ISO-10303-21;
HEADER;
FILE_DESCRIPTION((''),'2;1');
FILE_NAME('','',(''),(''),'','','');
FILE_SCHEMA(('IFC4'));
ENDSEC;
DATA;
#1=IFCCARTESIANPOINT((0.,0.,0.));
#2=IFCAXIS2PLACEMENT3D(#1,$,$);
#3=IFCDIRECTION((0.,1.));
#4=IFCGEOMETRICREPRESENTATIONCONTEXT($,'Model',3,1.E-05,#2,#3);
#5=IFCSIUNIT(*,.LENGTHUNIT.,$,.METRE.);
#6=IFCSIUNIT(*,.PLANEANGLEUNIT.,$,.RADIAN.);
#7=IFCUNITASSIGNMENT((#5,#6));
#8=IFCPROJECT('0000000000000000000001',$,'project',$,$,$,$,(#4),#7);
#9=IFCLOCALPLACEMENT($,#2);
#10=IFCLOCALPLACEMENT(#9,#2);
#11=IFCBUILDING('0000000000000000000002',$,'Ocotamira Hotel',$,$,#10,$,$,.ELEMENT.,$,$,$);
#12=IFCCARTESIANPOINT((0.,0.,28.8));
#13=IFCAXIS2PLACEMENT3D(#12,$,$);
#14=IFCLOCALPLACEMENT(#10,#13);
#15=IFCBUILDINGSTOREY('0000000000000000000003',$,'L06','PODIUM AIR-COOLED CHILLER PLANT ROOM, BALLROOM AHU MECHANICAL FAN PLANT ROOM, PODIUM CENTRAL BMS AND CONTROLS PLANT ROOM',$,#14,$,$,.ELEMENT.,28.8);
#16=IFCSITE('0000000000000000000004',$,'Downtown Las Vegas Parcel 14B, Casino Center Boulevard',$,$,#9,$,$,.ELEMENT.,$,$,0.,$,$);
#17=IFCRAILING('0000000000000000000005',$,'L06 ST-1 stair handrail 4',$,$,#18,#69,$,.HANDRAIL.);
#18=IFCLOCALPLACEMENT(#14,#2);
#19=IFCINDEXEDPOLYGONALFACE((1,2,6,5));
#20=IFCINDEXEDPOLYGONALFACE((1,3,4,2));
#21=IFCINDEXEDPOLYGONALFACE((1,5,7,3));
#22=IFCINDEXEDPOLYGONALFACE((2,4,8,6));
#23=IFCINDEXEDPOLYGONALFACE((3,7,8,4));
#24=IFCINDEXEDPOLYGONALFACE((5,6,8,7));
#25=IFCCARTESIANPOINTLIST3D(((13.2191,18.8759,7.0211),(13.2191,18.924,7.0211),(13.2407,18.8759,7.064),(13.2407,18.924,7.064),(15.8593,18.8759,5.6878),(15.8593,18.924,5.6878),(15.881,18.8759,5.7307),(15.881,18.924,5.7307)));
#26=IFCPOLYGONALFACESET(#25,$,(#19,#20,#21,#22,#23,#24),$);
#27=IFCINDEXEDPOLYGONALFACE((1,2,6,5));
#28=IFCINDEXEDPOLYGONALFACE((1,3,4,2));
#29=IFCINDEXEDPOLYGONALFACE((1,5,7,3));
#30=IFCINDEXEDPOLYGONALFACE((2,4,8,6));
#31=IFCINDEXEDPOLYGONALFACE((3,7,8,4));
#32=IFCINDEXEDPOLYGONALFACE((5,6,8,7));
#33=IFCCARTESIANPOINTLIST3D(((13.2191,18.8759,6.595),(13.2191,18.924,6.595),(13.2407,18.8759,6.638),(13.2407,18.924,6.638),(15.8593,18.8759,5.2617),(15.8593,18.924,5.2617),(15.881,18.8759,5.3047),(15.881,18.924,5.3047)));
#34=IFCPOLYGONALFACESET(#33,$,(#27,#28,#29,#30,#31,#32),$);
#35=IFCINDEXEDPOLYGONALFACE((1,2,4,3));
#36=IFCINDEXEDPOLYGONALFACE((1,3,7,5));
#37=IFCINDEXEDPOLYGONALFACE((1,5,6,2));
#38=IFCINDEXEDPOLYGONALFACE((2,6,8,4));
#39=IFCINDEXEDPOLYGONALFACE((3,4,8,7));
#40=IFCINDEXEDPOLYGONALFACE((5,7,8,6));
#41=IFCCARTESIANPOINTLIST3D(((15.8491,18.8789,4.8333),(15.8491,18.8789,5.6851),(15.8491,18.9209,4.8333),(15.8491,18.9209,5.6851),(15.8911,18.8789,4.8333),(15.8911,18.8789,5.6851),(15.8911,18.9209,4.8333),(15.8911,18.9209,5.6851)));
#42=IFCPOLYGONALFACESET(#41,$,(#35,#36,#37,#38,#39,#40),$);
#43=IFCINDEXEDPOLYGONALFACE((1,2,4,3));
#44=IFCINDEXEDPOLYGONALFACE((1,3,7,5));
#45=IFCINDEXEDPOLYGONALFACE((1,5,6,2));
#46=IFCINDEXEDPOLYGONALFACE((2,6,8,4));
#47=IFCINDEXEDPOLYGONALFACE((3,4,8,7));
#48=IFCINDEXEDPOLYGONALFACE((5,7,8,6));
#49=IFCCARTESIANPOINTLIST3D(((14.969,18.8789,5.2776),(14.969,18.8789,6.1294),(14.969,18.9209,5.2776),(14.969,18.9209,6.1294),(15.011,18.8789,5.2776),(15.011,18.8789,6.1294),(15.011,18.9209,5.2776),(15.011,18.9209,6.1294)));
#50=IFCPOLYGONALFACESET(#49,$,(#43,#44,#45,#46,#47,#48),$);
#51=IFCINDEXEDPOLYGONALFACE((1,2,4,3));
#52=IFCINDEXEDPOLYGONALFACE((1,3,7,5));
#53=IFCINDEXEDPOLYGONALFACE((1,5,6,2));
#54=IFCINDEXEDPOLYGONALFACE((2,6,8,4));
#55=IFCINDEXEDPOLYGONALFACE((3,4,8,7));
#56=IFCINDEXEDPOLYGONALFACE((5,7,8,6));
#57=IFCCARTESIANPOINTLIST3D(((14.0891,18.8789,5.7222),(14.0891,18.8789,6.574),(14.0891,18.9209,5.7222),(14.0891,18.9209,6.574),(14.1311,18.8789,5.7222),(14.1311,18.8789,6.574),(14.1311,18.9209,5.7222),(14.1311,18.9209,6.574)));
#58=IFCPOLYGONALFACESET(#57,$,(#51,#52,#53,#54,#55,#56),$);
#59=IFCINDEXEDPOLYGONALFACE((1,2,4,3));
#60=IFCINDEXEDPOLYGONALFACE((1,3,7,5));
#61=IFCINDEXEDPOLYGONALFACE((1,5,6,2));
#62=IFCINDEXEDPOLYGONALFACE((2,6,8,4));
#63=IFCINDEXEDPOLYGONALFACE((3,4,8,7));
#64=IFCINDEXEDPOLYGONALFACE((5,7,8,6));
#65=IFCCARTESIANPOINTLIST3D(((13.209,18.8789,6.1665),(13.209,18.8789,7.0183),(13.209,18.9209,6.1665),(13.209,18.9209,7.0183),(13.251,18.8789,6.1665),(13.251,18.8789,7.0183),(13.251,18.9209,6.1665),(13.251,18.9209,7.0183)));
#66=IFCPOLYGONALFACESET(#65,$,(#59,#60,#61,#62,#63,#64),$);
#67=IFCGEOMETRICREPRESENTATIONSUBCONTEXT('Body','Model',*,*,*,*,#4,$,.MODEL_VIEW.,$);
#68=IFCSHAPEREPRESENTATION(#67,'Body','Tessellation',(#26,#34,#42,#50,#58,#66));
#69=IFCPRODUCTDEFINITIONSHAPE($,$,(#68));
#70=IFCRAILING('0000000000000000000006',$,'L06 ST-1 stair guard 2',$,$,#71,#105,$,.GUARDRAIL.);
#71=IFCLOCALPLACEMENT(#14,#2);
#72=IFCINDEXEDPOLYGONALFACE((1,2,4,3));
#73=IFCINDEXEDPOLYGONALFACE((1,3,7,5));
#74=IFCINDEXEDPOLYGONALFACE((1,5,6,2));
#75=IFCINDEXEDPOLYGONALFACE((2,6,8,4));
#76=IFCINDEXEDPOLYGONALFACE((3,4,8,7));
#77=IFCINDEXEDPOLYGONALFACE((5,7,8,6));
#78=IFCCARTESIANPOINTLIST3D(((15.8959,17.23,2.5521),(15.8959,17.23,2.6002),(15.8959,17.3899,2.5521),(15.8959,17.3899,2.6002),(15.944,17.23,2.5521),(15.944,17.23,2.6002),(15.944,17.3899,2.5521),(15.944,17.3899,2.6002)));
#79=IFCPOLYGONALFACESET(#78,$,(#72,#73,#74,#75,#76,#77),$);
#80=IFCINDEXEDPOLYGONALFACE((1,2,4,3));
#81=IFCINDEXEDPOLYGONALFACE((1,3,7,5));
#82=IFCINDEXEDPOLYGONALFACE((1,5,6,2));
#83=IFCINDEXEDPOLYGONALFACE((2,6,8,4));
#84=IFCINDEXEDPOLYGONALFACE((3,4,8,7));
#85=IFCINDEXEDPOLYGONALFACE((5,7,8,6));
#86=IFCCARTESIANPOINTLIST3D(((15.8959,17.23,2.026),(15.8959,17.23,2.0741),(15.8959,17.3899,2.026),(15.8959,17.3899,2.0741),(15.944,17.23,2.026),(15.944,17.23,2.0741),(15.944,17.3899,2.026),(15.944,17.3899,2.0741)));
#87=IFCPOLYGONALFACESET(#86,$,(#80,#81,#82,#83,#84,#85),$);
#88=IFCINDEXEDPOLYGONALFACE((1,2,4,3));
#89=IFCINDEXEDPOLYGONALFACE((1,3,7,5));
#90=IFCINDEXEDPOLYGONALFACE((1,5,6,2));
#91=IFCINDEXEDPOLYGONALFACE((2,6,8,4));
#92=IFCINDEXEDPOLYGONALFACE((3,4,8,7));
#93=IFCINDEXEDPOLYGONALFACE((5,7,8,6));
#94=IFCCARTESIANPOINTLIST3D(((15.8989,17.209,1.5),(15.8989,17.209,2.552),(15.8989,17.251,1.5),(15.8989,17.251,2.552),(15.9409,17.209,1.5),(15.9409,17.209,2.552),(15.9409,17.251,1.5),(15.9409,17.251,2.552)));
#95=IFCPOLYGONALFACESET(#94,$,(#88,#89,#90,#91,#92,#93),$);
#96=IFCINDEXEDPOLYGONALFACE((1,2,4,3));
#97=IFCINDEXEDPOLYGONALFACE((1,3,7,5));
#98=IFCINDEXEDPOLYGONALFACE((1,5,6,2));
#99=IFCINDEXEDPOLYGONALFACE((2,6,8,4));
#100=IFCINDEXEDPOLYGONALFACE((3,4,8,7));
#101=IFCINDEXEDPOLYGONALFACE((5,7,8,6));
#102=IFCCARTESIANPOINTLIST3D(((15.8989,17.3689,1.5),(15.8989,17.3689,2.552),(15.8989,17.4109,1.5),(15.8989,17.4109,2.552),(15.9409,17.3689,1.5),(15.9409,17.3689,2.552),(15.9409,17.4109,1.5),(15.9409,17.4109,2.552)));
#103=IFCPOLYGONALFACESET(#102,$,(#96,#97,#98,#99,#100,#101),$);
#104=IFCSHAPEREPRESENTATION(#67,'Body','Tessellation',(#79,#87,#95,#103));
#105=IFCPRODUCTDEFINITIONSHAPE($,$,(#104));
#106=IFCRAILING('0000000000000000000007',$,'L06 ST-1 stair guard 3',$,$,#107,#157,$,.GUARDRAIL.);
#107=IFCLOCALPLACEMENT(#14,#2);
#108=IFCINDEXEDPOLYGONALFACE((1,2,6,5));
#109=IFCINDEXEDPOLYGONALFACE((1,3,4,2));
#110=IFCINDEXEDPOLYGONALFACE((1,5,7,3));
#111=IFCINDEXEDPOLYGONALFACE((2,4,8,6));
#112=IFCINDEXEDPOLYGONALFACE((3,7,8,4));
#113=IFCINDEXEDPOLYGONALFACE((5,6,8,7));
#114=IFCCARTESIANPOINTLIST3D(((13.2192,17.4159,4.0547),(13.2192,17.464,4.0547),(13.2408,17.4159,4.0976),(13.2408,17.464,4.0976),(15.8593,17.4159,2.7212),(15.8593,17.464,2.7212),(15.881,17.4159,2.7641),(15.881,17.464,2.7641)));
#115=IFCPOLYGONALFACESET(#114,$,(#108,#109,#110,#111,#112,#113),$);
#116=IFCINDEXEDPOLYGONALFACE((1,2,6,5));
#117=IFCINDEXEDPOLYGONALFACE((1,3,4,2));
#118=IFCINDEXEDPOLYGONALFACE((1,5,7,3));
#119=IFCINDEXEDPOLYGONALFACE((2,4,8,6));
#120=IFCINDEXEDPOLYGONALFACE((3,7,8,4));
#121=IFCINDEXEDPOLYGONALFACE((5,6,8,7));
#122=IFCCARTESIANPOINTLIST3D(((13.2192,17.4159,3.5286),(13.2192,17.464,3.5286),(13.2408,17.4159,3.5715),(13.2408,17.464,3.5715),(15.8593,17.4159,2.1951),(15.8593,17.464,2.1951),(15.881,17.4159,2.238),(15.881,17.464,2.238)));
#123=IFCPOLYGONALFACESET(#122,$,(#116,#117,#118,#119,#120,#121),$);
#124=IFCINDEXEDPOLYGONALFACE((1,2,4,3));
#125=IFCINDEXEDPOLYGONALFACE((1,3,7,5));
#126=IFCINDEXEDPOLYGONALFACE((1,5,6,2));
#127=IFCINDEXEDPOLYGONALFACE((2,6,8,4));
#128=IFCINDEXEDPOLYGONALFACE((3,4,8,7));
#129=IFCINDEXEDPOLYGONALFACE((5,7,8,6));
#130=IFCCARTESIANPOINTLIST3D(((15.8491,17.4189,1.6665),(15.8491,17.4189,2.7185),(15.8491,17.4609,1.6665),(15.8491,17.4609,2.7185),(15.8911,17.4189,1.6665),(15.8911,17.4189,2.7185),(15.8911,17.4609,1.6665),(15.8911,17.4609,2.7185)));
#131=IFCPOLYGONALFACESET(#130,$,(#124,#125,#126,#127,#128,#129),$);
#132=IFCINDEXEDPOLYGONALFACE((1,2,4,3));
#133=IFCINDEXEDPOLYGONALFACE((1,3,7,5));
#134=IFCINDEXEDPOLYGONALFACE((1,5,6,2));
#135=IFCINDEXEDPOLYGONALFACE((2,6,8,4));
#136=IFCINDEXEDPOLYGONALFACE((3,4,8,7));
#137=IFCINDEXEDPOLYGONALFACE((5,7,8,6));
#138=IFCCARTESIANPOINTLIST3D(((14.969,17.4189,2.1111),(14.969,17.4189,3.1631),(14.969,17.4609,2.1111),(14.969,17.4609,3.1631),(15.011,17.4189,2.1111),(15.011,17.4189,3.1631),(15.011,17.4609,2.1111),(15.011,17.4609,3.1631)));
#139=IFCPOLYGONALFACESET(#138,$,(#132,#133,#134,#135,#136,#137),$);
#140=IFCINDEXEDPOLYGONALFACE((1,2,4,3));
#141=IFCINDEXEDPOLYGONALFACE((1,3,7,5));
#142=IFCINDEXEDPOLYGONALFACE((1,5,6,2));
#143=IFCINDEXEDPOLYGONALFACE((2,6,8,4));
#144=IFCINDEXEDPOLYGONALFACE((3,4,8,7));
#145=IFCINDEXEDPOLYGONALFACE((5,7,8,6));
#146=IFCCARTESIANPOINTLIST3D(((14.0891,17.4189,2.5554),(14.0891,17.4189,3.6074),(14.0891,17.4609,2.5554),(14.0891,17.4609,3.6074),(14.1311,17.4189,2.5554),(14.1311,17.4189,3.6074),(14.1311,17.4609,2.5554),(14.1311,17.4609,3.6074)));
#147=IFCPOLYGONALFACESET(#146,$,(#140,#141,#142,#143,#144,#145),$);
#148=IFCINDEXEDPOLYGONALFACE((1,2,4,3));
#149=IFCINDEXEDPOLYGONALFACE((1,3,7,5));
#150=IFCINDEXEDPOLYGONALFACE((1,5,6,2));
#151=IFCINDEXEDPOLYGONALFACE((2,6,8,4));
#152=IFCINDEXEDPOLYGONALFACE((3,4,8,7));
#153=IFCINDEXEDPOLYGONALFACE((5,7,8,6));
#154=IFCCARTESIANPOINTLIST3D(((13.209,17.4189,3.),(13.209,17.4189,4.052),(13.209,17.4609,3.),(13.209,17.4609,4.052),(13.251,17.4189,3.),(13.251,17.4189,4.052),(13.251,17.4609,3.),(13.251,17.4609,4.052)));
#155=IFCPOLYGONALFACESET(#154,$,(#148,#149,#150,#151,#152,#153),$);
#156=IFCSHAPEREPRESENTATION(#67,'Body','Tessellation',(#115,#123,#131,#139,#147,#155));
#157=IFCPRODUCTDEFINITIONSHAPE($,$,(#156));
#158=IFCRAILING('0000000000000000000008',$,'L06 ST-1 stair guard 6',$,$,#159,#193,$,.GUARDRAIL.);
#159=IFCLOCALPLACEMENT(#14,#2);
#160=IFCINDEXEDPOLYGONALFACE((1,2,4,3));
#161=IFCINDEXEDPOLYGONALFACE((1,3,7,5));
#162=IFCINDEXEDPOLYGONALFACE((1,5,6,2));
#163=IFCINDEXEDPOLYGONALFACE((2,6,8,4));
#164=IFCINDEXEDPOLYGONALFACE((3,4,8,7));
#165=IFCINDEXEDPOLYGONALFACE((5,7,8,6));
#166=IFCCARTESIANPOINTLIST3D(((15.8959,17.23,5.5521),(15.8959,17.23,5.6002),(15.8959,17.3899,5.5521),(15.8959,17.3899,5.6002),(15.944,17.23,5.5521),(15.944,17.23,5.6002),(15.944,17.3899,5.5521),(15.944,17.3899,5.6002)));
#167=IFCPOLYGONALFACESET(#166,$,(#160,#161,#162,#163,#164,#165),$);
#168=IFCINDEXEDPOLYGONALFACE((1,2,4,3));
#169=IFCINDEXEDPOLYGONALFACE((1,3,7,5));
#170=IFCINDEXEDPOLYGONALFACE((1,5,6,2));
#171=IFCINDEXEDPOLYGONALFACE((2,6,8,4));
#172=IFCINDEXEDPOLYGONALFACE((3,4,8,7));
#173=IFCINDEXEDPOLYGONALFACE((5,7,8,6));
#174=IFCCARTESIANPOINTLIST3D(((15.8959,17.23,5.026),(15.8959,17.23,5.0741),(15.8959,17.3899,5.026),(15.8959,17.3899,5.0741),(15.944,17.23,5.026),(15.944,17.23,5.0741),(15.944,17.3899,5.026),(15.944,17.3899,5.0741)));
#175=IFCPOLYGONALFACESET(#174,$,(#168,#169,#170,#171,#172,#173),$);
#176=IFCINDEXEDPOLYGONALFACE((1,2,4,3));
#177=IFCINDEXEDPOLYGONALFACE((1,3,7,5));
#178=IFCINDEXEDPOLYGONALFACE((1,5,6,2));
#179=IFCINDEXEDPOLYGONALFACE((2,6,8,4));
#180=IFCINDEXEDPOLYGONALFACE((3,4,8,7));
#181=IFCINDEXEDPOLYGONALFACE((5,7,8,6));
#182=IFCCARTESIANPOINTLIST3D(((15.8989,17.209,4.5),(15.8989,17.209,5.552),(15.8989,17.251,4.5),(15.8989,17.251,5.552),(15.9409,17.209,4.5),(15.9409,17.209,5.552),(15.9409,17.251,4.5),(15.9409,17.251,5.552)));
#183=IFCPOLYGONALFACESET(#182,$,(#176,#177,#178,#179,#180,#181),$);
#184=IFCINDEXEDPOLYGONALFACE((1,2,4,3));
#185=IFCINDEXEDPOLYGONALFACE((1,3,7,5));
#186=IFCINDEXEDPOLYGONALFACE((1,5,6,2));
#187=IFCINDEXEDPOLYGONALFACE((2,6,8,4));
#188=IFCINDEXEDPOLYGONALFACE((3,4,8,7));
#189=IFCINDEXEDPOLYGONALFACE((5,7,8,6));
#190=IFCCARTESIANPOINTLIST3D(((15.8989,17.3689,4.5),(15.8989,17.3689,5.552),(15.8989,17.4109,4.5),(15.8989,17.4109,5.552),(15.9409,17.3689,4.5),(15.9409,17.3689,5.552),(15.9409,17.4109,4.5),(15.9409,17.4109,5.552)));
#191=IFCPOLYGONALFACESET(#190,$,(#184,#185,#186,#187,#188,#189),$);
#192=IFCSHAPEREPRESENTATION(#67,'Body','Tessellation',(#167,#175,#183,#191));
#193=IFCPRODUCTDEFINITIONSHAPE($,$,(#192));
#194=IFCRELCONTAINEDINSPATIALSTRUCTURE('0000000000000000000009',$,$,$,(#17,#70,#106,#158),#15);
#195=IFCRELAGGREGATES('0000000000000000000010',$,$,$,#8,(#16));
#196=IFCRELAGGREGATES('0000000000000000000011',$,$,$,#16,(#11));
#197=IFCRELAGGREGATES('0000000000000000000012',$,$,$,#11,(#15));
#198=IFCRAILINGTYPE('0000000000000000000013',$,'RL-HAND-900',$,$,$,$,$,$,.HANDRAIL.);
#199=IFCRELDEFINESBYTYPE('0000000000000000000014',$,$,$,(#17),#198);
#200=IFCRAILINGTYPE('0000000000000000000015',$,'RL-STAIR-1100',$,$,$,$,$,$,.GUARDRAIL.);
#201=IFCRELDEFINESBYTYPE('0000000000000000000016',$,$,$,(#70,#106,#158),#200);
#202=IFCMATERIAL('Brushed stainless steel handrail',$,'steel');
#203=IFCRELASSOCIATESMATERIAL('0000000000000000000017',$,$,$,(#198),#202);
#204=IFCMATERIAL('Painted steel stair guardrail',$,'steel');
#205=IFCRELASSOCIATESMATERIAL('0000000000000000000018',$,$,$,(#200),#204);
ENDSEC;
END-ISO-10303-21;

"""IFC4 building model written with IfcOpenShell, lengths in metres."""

from ifc_helpers import new_model, si_unit, direction, frame, origin, origin_2d, place, context, subcontext, project, spatial, rectangle, extrude, material, type_object, element, save


model = new_model("IFC4")

# Units and contexts
model_context = context("Model", 3, precision=1e-05, world=origin(), true_north=direction((0.0, 1.0)))
body_context = subcontext(model_context, "Body", "Model", "MODEL_VIEW")
ifc_project = project(units=[si_unit("LENGTHUNIT", "METRE"), si_unit("PLANEANGLEUNIT", "RADIAN")], contexts=[model_context])

# Site, building, storey
site_placement = place(None, origin())
site = spatial("IfcSite", under=ifc_project, at=site_placement, Name="Downtown Las Vegas Parcel 14B, Casino Center Boulevard", CompositionType="ELEMENT", RefElevation=0.0)
building_placement = place(site_placement, origin())
building = spatial("IfcBuilding", under=site, at=building_placement, Name="Ocotamira Hotel", CompositionType="ELEMENT")
storey_placement = place(building_placement, frame((0.0, 0.0, 28.8)))
storey = spatial("IfcBuildingStorey", under=building, at=storey_placement, Name="L06", Description="PODIUM AIR-COOLED CHILLER PLANT ROOM, BALLROOM AHU MECHANICAL FAN PLANT ROOM, PODIUM CENTRAL BMS AND CONTROLS PLANT ROOM", CompositionType="ELEMENT", Elevation=28.8)

# Railings
ifc_material_1 = material(Name="Brushed stainless steel handrail", Category="steel")
railing_type_1 = type_object("IfcRailingType", Name="RL-HAND-900", PredefinedType="HANDRAIL", material=ifc_material_1)
for number, where, name in (
    (1, (15.8701, 18.8999, 4.8333), "L06 ST-1 stair handrail 4"),
):
    element("IfcRailing", number, at=place(storey_placement, frame(where)), inside=storey, type_object=railing_type_1, Name=name, PredefinedType="HANDRAIL", context=body_context, shape_type="SweptSolid", body=[
        extrude(rectangle(XDim=0.0481, YDim=0.0481, at=origin_2d()), frame((0.0, 0.0, 0.876), z_axis=(-0.892637, 0.0, 0.450776), x_axis=(0.0, -1.0, 0.0)), (0.0, 0.0, 1.0), 2.9578),
        extrude(rectangle(XDim=0.0481, YDim=0.0481, at=origin_2d()), frame((0.0, 0.0, 0.45), z_axis=(-0.892637, 0.0, 0.450776), x_axis=(0.0, -1.0, 0.0)), (0.0, 0.0, 1.0), 2.9578),
        extrude(rectangle(XDim=0.042, YDim=0.042, at=origin_2d()), origin(), (0.0, 0.0, 1.0), 0.8518),
        extrude(rectangle(XDim=0.042, YDim=0.042, at=origin_2d()), frame((-0.8801, 0.0, 0.4443)), (0.0, 0.0, 1.0), 0.8518),
        extrude(rectangle(XDim=0.042, YDim=0.042, at=origin_2d()), frame((-1.76, 0.0, 0.8889)), (0.0, 0.0, 1.0), 0.8518),
        extrude(rectangle(XDim=0.042, YDim=0.042, at=origin_2d()), frame((-2.6401, 0.0, 1.3333)), (0.0, 0.0, 1.0), 0.8518),
    ])
ifc_material_2 = material(Name="Painted steel stair guardrail", Category="steel")
railing_type_2 = type_object("IfcRailingType", Name="RL-STAIR-1100", PredefinedType="GUARDRAIL", material=ifc_material_2)
railing_1_placement = place(storey_placement, frame((15.9199, 17.23, 1.5)))
element("IfcRailing", 2, at=railing_1_placement, inside=storey, type_object=railing_type_2, Name="L06 ST-1 stair guard 2", PredefinedType="GUARDRAIL", context=body_context, shape_type="SweptSolid", body=[
    extrude(rectangle(XDim=0.0481, YDim=0.0481, at=origin_2d()), frame((0.0, 0.0, 1.0762), z_axis=(0.0, 1.0, 0.0), x_axis=(-1.0, 0.0, 0.0)), (0.0, 0.0, 1.0), 0.1599),
    extrude(rectangle(XDim=0.0481, YDim=0.0481, at=origin_2d()), frame((0.0, 0.0, 0.55), z_axis=(0.0, 1.0, 0.0), x_axis=(-1.0, 0.0, 0.0)), (0.0, 0.0, 1.0), 0.1599),
    extrude(rectangle(XDim=0.042, YDim=0.042, at=origin_2d()), origin(), (0.0, 0.0, 1.0), 1.052),
    extrude(rectangle(XDim=0.042, YDim=0.042, at=origin_2d()), frame((0.0, 0.1599, 0.0)), (0.0, 0.0, 1.0), 1.052),
])
railing_2_placement = place(storey_placement, frame((15.8701, 17.4399, 1.6665)))
element("IfcRailing", 3, at=railing_2_placement, inside=storey, type_object=railing_type_2, Name="L06 ST-1 stair guard 3", PredefinedType="GUARDRAIL", context=body_context, shape_type="SweptSolid", body=[
    extrude(rectangle(XDim=0.0481, YDim=0.0481, at=origin_2d()), frame((0.0, 0.0, 1.0762), z_axis=(-0.892604, 0.0, 0.450842), x_axis=(0.0, -1.0, 0.0)), (0.0, 0.0, 1.0), 2.9578),
    extrude(rectangle(XDim=0.0481, YDim=0.0481, at=origin_2d()), frame((0.0, 0.0, 0.55), z_axis=(-0.892604, 0.0, 0.450842), x_axis=(0.0, -1.0, 0.0)), (0.0, 0.0, 1.0), 2.9578),
    extrude(rectangle(XDim=0.042, YDim=0.042, at=origin_2d()), origin(), (0.0, 0.0, 1.0), 1.052),
    extrude(rectangle(XDim=0.042, YDim=0.042, at=origin_2d()), frame((-0.8801, 0.0, 0.4446)), (0.0, 0.0, 1.0), 1.052),
    extrude(rectangle(XDim=0.042, YDim=0.042, at=origin_2d()), frame((-1.76, 0.0, 0.8889)), (0.0, 0.0, 1.0), 1.052),
    extrude(rectangle(XDim=0.042, YDim=0.042, at=origin_2d()), frame((-2.6401, 0.0, 1.3335)), (0.0, 0.0, 1.0), 1.052),
])
railing_3_placement = place(storey_placement, frame((15.9199, 17.23, 4.5)))
element("IfcRailing", 4, at=railing_3_placement, inside=storey, type_object=railing_type_2, Name="L06 ST-1 stair guard 6", PredefinedType="GUARDRAIL", context=body_context, shape_type="SweptSolid", body=[
    extrude(rectangle(XDim=0.0481, YDim=0.0481, at=origin_2d()), frame((0.0, 0.0, 1.0762), z_axis=(0.0, 1.0, 0.0), x_axis=(-1.0, 0.0, 0.0)), (0.0, 0.0, 1.0), 0.1599),
    extrude(rectangle(XDim=0.0481, YDim=0.0481, at=origin_2d()), frame((0.0, 0.0, 0.55), z_axis=(0.0, 1.0, 0.0), x_axis=(-1.0, 0.0, 0.0)), (0.0, 0.0, 1.0), 0.1599),
    extrude(rectangle(XDim=0.042, YDim=0.042, at=origin_2d()), origin(), (0.0, 0.0, 1.0), 1.052),
    extrude(rectangle(XDim=0.042, YDim=0.042, at=origin_2d()), frame((0.0, 0.1599, 0.0)), (0.0, 0.0, 1.0), 1.052),
])

save(model, "model.ifc")
